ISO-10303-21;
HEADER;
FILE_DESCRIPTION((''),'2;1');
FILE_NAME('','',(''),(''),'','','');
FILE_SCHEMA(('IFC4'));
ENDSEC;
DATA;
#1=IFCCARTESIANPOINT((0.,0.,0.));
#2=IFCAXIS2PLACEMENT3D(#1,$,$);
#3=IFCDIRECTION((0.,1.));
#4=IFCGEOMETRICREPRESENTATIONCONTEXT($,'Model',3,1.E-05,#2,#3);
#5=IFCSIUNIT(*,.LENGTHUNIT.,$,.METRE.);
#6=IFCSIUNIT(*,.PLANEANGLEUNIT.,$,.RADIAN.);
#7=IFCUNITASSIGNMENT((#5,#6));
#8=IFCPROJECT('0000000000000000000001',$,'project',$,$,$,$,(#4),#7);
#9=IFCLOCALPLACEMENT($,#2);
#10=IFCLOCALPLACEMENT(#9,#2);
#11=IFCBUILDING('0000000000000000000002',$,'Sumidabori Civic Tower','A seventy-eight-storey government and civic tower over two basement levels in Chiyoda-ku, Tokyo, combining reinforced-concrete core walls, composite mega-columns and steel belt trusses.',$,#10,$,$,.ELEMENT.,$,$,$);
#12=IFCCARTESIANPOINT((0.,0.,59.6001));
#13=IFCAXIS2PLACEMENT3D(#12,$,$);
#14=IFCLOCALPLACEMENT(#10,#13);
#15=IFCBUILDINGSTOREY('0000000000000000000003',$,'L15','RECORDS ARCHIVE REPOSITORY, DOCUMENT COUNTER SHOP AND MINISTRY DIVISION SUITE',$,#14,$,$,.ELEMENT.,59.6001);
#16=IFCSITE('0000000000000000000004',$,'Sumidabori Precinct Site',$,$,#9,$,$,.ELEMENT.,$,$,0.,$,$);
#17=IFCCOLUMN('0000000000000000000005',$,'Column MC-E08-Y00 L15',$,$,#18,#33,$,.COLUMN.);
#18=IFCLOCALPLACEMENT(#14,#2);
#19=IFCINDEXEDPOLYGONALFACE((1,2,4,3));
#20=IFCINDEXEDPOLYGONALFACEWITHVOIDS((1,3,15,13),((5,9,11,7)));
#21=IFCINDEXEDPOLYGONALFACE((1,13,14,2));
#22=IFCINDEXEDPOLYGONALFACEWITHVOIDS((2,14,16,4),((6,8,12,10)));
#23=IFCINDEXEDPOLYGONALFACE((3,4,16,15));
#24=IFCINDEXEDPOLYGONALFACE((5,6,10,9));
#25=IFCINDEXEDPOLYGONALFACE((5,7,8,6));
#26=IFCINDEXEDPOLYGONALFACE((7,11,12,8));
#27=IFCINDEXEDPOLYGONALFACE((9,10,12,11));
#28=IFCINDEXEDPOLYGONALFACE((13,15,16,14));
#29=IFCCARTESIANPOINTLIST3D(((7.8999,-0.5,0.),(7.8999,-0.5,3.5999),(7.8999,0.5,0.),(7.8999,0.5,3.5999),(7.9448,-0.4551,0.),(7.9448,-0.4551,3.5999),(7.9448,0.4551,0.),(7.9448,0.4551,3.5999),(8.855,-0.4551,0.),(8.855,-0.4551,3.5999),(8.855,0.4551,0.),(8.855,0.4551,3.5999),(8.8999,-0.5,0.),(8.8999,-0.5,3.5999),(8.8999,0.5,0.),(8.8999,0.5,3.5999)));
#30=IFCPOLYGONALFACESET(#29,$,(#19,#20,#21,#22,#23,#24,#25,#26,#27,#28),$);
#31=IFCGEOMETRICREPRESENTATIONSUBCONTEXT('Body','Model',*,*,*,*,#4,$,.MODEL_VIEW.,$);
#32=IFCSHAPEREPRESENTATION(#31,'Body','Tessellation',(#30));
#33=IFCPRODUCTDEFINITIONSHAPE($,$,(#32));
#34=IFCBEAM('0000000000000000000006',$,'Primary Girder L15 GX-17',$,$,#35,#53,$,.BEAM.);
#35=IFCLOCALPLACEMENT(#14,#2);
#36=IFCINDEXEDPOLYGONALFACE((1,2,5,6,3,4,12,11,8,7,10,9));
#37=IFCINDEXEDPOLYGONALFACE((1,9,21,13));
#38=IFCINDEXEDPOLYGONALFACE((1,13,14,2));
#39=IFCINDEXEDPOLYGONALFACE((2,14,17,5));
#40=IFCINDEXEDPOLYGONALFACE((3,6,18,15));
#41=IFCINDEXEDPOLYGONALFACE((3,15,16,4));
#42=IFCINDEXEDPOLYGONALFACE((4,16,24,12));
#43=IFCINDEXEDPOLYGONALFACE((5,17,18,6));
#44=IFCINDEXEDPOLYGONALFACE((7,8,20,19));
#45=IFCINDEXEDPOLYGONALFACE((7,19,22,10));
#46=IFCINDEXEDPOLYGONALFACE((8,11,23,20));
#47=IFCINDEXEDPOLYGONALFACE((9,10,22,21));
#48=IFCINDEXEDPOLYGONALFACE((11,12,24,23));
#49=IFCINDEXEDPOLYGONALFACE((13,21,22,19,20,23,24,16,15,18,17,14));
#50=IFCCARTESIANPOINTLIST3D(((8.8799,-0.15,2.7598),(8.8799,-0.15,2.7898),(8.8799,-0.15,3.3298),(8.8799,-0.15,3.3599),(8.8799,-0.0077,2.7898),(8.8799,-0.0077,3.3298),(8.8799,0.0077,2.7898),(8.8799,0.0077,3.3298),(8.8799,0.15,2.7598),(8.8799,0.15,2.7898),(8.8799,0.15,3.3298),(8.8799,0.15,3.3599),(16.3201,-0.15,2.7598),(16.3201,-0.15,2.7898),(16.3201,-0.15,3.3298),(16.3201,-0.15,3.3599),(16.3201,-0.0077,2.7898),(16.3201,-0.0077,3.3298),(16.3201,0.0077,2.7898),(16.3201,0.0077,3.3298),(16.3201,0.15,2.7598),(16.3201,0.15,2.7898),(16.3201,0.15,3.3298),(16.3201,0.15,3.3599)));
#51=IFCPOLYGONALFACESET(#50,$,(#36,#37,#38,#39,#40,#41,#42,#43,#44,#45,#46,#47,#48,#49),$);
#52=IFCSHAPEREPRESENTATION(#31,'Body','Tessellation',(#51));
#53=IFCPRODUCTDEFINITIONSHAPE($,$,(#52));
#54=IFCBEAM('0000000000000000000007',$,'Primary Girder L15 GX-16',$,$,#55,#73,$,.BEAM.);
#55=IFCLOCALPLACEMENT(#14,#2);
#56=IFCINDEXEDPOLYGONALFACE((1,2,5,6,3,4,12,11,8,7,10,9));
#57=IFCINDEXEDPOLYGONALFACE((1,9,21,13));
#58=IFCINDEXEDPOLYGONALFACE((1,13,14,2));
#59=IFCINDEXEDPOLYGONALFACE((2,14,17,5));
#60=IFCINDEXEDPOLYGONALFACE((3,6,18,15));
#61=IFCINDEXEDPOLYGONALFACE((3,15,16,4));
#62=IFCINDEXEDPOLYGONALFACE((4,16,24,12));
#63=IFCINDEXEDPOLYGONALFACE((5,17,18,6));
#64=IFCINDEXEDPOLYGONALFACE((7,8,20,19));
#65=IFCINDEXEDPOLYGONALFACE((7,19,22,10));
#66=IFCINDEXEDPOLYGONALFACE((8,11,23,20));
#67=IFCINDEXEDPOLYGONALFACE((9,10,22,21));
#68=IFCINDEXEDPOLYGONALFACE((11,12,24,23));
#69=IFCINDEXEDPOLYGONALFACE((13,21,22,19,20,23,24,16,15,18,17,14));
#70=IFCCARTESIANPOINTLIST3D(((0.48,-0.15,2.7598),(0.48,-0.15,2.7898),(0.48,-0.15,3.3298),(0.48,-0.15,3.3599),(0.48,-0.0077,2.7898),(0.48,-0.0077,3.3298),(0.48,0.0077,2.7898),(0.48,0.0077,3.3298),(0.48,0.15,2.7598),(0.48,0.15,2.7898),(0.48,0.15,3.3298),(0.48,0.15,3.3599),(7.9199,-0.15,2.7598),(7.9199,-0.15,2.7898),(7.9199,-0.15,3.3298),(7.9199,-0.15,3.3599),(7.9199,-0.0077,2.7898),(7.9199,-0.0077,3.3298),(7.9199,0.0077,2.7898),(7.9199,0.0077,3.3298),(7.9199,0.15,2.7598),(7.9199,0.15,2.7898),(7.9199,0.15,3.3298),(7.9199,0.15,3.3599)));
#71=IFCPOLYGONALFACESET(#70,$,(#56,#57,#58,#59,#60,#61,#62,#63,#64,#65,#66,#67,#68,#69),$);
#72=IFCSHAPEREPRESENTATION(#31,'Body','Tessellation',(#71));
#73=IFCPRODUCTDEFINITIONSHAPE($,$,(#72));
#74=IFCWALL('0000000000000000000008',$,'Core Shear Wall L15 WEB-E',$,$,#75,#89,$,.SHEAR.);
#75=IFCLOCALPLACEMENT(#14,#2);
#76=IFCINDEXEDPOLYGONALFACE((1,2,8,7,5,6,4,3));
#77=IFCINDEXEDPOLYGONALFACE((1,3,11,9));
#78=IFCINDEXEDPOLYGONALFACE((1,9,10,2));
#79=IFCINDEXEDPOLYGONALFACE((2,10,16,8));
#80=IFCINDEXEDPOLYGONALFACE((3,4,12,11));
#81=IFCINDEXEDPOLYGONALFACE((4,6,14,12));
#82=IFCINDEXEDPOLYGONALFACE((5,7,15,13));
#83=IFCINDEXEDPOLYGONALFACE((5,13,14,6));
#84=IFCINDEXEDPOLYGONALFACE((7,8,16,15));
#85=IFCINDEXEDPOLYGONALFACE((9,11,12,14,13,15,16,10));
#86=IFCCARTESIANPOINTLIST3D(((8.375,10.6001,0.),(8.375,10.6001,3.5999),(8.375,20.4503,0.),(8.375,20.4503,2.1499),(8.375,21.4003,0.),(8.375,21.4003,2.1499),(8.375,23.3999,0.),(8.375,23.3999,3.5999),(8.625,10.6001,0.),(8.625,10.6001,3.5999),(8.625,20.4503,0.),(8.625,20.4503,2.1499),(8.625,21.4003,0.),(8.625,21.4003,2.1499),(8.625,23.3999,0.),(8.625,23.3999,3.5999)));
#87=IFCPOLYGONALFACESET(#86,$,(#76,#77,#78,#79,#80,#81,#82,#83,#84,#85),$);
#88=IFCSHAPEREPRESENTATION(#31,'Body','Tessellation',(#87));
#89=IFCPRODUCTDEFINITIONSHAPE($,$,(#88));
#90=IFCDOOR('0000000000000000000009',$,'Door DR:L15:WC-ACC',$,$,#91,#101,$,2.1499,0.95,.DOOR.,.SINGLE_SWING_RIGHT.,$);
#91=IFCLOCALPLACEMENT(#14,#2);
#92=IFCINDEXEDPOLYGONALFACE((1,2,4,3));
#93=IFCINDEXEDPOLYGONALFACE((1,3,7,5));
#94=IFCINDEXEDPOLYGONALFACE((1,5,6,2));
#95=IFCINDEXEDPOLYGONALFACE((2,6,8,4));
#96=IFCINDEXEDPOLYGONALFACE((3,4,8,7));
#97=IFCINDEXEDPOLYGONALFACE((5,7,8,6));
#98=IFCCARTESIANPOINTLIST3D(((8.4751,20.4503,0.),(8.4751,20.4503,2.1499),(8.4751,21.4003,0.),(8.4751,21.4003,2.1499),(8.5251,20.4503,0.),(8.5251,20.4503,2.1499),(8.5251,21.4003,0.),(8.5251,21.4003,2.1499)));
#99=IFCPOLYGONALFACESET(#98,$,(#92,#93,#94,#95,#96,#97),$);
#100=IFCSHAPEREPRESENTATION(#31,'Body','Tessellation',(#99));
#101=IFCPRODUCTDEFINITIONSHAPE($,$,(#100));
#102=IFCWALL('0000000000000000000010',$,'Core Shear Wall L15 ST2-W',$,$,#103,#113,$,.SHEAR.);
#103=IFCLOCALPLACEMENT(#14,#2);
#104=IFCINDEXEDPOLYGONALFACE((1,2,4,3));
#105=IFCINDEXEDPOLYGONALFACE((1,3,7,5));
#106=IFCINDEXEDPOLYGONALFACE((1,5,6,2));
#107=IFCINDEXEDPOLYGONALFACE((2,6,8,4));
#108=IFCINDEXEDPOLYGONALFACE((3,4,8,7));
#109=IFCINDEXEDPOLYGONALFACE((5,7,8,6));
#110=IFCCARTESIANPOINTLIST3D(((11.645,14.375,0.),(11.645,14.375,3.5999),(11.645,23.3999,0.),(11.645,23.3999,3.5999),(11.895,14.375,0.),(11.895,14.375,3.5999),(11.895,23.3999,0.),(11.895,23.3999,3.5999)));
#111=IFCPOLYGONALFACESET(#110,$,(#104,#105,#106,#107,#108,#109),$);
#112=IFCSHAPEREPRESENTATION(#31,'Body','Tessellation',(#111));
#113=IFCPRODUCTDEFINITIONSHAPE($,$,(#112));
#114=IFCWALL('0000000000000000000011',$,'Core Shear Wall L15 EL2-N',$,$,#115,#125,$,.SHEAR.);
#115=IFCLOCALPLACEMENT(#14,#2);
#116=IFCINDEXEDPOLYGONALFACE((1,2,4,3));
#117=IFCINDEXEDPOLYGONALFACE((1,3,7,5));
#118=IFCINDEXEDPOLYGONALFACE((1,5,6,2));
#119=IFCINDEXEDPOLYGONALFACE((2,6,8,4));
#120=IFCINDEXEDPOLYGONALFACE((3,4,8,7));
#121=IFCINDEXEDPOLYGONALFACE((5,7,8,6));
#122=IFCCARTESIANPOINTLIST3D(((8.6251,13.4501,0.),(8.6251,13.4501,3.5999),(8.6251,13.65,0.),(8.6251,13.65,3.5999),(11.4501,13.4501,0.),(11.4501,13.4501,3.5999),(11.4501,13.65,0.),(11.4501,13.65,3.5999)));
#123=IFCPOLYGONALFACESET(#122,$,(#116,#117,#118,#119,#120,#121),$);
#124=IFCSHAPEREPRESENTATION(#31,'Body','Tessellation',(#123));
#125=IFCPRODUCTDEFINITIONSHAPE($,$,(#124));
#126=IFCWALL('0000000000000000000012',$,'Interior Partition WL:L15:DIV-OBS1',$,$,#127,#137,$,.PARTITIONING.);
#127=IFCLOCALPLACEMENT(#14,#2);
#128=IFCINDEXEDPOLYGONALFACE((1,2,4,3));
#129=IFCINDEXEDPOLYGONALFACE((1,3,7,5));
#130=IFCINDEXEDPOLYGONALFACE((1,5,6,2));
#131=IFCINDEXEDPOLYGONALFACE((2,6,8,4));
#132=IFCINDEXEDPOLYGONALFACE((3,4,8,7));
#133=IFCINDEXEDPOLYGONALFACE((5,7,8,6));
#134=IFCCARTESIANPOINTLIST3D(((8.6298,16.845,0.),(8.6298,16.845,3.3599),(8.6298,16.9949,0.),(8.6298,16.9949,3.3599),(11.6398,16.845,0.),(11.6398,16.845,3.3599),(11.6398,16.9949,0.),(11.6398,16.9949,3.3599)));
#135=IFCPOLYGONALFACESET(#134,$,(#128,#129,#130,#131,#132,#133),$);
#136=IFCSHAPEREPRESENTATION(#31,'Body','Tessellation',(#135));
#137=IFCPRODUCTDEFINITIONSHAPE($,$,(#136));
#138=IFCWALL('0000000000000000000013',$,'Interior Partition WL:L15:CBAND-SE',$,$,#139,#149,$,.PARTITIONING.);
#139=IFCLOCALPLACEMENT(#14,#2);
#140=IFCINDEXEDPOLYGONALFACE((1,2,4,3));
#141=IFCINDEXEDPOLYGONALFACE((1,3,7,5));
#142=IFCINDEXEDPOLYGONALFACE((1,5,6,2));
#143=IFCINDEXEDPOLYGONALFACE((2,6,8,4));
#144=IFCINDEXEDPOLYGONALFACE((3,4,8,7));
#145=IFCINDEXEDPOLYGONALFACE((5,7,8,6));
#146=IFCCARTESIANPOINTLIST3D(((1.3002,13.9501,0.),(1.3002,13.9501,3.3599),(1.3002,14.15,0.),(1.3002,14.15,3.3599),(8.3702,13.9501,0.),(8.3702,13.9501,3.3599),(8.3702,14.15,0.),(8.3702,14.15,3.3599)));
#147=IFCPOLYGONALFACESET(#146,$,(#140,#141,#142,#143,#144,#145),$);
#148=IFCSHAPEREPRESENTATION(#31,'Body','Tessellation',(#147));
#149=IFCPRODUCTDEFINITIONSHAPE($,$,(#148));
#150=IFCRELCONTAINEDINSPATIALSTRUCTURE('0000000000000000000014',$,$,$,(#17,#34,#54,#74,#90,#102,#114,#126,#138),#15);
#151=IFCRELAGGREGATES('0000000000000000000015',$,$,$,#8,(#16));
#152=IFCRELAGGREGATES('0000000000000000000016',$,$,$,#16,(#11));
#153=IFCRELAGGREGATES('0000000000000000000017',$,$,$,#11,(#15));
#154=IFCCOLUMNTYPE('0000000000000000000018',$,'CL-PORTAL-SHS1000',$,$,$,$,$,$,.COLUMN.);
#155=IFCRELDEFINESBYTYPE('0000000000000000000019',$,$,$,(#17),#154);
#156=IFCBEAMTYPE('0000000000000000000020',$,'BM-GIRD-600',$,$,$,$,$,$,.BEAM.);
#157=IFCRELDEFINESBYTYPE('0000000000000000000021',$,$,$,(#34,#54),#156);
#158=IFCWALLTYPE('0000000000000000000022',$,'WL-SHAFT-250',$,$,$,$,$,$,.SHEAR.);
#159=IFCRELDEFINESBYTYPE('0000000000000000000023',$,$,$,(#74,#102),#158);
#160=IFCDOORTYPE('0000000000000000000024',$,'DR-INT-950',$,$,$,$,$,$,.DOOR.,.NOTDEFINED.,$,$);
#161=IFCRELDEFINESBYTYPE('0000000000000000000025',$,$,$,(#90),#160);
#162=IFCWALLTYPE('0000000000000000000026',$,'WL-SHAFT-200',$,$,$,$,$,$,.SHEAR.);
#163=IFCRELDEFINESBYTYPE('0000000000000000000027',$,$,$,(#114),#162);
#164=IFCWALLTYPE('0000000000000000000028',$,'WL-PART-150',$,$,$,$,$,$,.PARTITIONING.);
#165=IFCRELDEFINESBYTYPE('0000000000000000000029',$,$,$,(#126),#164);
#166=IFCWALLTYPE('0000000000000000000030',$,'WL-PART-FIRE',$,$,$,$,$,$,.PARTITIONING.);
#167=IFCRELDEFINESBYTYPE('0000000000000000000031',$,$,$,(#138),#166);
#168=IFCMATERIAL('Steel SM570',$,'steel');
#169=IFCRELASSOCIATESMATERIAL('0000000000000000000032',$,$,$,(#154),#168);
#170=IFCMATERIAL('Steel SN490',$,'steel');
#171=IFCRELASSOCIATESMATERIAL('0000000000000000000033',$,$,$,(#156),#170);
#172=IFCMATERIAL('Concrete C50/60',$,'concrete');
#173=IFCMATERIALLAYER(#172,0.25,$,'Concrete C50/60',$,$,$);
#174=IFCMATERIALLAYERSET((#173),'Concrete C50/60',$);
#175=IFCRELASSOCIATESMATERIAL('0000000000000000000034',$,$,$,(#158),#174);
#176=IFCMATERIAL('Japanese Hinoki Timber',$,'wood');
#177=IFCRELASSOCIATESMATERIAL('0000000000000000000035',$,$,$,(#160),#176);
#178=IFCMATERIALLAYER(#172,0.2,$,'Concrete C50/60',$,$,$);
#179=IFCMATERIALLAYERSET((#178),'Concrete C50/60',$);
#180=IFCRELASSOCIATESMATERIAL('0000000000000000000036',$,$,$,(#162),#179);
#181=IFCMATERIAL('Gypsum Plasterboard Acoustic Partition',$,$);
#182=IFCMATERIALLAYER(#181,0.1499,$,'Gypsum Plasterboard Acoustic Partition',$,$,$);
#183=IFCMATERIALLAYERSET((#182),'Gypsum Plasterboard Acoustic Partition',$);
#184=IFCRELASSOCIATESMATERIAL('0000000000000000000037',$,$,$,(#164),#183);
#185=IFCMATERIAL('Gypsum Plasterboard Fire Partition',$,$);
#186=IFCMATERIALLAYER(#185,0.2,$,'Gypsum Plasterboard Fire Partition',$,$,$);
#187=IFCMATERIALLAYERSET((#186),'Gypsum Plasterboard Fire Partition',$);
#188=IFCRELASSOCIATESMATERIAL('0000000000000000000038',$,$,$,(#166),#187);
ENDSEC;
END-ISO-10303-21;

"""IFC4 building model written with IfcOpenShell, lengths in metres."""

from ifc_helpers import new_model, si_unit, direction, frame, frame_2d, origin, origin_2d, place, context, subcontext, project, spatial, rectangle, hollow_rectangle, i_section, extrude, source, transform, mapped, material, layer, layer_set, material_profile, profile_set, type_object, element, fill, save


model = new_model("IFC4")

# Units and contexts
model_context = context("Model", 3, precision=1e-05, world=origin(), true_north=direction((0.0, 1.0)))
body_context = subcontext(model_context, "Body", "Model", "MODEL_VIEW")
ifc_project = project(units=[si_unit("LENGTHUNIT", "METRE"), si_unit("PLANEANGLEUNIT", "RADIAN")], contexts=[model_context])

# Site, building, storey
site_placement = place(None, origin())
site = spatial("IfcSite", under=ifc_project, at=site_placement, Name="Sumidabori Precinct Site", CompositionType="ELEMENT", RefElevation=0.0)
building_placement = place(site_placement, origin())
building = spatial("IfcBuilding", under=site, at=building_placement, Name="Sumidabori Civic Tower", Description="A seventy-eight-storey government and civic tower over two basement levels in Chiyoda-ku, Tokyo, combining reinforced-concrete core walls, composite mega-columns and steel belt trusses.", CompositionType="ELEMENT")
storey_placement = place(building_placement, frame((0.0, 0.0, 59.6001)))
storey = spatial("IfcBuildingStorey", under=building, at=storey_placement, Name="L15", Description="RECORDS ARCHIVE REPOSITORY, DOCUMENT COUNTER SHOP AND MINISTRY DIVISION SUITE", CompositionType="ELEMENT", Elevation=59.6001)

# Column
ifc_material_1 = material(Name="Steel SM570", Category="steel")
ifc_material_profile_1 = material_profile(ifc_material_1, hollow_rectangle(XDim=1.0, YDim=1.0, WallThickness=0.0449, at=origin_2d()), Name="SHS 1000x1000x45")
ifc_profile_set_1 = profile_set([ifc_material_profile_1], Name="Steel SM570")
column_type = type_object("IfcColumnType", Name="CL-PORTAL-SHS1000", PredefinedType="COLUMN", material=ifc_profile_set_1)
shared_shape_1 = source(origin(), body_context, "Body", "SweptSolid", [
    extrude(hollow_rectangle(XDim=1.0, YDim=1.0, WallThickness=0.0449, at=origin_2d()), origin(), (0.0, 0.0, 1.0), 3.5999),
])
column_placement = place(storey_placement, frame((8.3999, 0.0, 0.0), z_axis=(0.0, 0.0, 1.0), x_axis=(1.0, 0.0, 0.0)))
element("IfcColumn", 1, at=column_placement, inside=storey, type_object=column_type, Name="Column MC-E08-Y00 L15", PredefinedType="COLUMN", context=body_context, shape_type="MappedRepresentation", body=[
    mapped(shared_shape_1, transform((0.0, 0.0, 0.0), x_axis=(1.0, 0.0, 0.0), y_axis=(0.0, 1.0, 0.0), z_axis=(0.0, 0.0, 1.0), scale=1.0)),
])

# Beams
ifc_material_2 = material(Name="Steel SN490", Category="steel")
ifc_material_profile_2 = material_profile(ifc_material_2, i_section(OverallWidth=0.3, OverallDepth=0.6001, WebThickness=0.0154, FlangeThickness=0.03, at=origin_2d()), Name="HE 600 B")
ifc_profile_set_2 = profile_set([ifc_material_profile_2], Name="Steel SN490")
beam_type = type_object("IfcBeamType", Name="BM-GIRD-600", PredefinedType="BEAM", material=ifc_profile_set_2)
shared_shape_2 = source(origin(), body_context, "Body", "SweptSolid", [
    extrude(i_section(OverallWidth=0.3, OverallDepth=0.6001, WebThickness=0.0154, FlangeThickness=0.03, at=origin_2d()), origin(), (0.0, 0.0, 1.0), 7.4402),
])
beam_1_placement = place(storey_placement, frame((8.8799, 0.0, 3.0598), z_axis=(1.0, 0.0, 0.0), x_axis=(0.0, 1.0, 0.0)))
element("IfcBeam", 2, at=beam_1_placement, inside=storey, type_object=beam_type, Name="Primary Girder L15 GX-17", PredefinedType="BEAM", context=body_context, shape_type="MappedRepresentation", body=[
    mapped(shared_shape_2, transform((0.0, 0.0, 0.0), x_axis=(1.0, 0.0, 0.0), y_axis=(0.0, 1.0, 0.0), z_axis=(0.0, 0.0, 1.0), scale=1.0)),
])
shared_shape_3 = source(origin(), body_context, "Body", "SweptSolid", [
    extrude(i_section(OverallWidth=0.3, OverallDepth=0.6001, WebThickness=0.0154, FlangeThickness=0.03, at=origin_2d()), origin(), (0.0, 0.0, 1.0), 7.4399),
])
beam_2_placement = place(storey_placement, frame((0.48, 0.0, 3.0598), z_axis=(1.0, 0.0, 0.0), x_axis=(0.0, 1.0, 0.0)))
element("IfcBeam", 3, at=beam_2_placement, inside=storey, type_object=beam_type, Name="Primary Girder L15 GX-16", PredefinedType="BEAM", context=body_context, shape_type="MappedRepresentation", body=[
    mapped(shared_shape_3, transform((0.0, 0.0, 0.0), x_axis=(1.0, 0.0, 0.0), y_axis=(0.0, 1.0, 0.0), z_axis=(0.0, 0.0, 1.0), scale=1.0)),
])

# Wall, opening, door
ifc_material_3 = material(Name="Concrete C50/60", Category="concrete")
ifc_layer_1 = layer(ifc_material_3, 0.25, Name="Concrete C50/60")
ifc_layer_set_1 = layer_set([ifc_layer_1], Name="Concrete C50/60")
wall_type_1 = type_object("IfcWallType", Name="WL-SHAFT-250", PredefinedType="SHEAR", material=ifc_layer_set_1)
shared_shape_4 = source(origin(), body_context, "Body", "SweptSolid", [
    extrude(rectangle(XDim=12.7998, YDim=0.25, at=frame_2d((6.3999, 0.0))), origin(), (0.0, 0.0, 1.0), 3.5999),
])
wall_1_placement = place(storey_placement, frame((8.5, 10.6001, 0.0), z_axis=(0.0, 0.0, 1.0), x_axis=(0.0, 1.0, 0.0)))
wall_1 = element("IfcWall", 4, at=wall_1_placement, inside=storey, type_object=wall_type_1, Name="Core Shear Wall L15 WEB-E", PredefinedType="SHEAR", context=body_context, shape_type="MappedRepresentation", body=[
    mapped(shared_shape_4, transform((0.0, 0.0, 0.0), x_axis=(1.0, 0.0, 0.0), y_axis=(0.0, 1.0, 0.0), z_axis=(0.0, 0.0, 1.0), scale=1.0)),
])
opening_1_placement = place(wall_1_placement, frame((9.8501, 0.0, 0.0)))
opening_1 = element("IfcOpeningElement", 5, at=opening_1_placement, cuts=wall_1, PredefinedType="OPENING", context=body_context, shape_type="SweptSolid", body=[
    extrude(rectangle(XDim=0.95, YDim=2.1499, at=frame_2d((0.4751, 1.075))), frame((0.0, 0.137, 0.0), z_axis=(0.0, -1.0, 0.0), x_axis=(1.0, 0.0, 0.0)), (0.0, 0.0, 1.0), 0.2739),
])
ifc_material_4 = material(Name="Japanese Hinoki Timber", Category="wood")
door_type_1 = type_object("IfcDoorType", Name="DR-INT-950", OperationType="NOTDEFINED", PredefinedType="DOOR", material=ifc_material_4)
shared_shape_5 = source(origin(), body_context, "Body", "SweptSolid", [
    extrude(rectangle(XDim=0.95, YDim=2.1499, at=frame_2d((0.4751, 1.075))), frame((0.0, 0.0249, 0.0), z_axis=(0.0, -1.0, 0.0), x_axis=(1.0, 0.0, 0.0)), (0.0, 0.0, 1.0), 0.05),
])
door_1_placement = place(opening_1_placement, origin())
door_1 = element("IfcDoor", 6, at=door_1_placement, inside=storey, type_object=door_type_1, Name="Door DR:L15:WC-ACC", OperationType="SINGLE_SWING_RIGHT", OverallHeight=2.1499, OverallWidth=0.95, PredefinedType="DOOR", context=body_context, shape_type="MappedRepresentation", body=[
    mapped(shared_shape_5, transform((0.0, 0.0, 0.0), x_axis=(1.0, 0.0, 0.0), y_axis=(0.0, 1.0, 0.0), z_axis=(0.0, 0.0, 1.0), scale=1.0)),
])
fill(opening_1, door_1)

# Wall
shared_shape_6 = source(origin(), body_context, "Body", "SweptSolid", [
    extrude(rectangle(XDim=9.0249, YDim=0.25, at=frame_2d((4.5125, 0.0))), origin(), (0.0, 0.0, 1.0), 3.5999),
])
wall_2_placement = place(storey_placement, frame((11.77, 14.375, 0.0), z_axis=(0.0, 0.0, 1.0), x_axis=(0.0, 1.0, 0.0)))
element("IfcWall", 7, at=wall_2_placement, inside=storey, type_object=wall_type_1, Name="Core Shear Wall L15 ST2-W", PredefinedType="SHEAR", context=body_context, shape_type="MappedRepresentation", body=[
    mapped(shared_shape_6, transform((0.0, 0.0, 0.0), x_axis=(1.0, 0.0, 0.0), y_axis=(0.0, 1.0, 0.0), z_axis=(0.0, 0.0, 1.0), scale=1.0)),
])

# Shared definitions
ifc_layer_2 = layer(ifc_material_3, 0.2, Name="Concrete C50/60")
ifc_layer_set_2 = layer_set([ifc_layer_2], Name="Concrete C50/60")
wall_type_2 = type_object("IfcWallType", Name="WL-SHAFT-200", PredefinedType="SHEAR", material=ifc_layer_set_2)

# Walls
shared_shape_7 = source(origin(), body_context, "Body", "SweptSolid", [
    extrude(rectangle(XDim=2.825, YDim=0.2, at=frame_2d((1.4126, 0.0))), origin(), (0.0, 0.0, 1.0), 3.5999),
])
wall_3_placement = place(storey_placement, frame((8.625, 13.55, 0.0), z_axis=(0.0, 0.0, 1.0), x_axis=(1.0, 0.0, 0.0)))
element("IfcWall", 8, at=wall_3_placement, inside=storey, type_object=wall_type_2, Name="Core Shear Wall L15 EL2-N", PredefinedType="SHEAR", context=body_context, shape_type="MappedRepresentation", body=[
    mapped(shared_shape_7, transform((0.0, 0.0, 0.0), x_axis=(1.0, 0.0, 0.0), y_axis=(0.0, 1.0, 0.0), z_axis=(0.0, 0.0, 1.0), scale=1.0)),
])
ifc_material_5 = material(Name="Gypsum Plasterboard Acoustic Partition")
ifc_layer_3 = layer(ifc_material_5, 0.1499, Name="Gypsum Plasterboard Acoustic Partition")
ifc_layer_set_3 = layer_set([ifc_layer_3], Name="Gypsum Plasterboard Acoustic Partition")
wall_type_3 = type_object("IfcWallType", Name="WL-PART-150", PredefinedType="PARTITIONING", material=ifc_layer_set_3)
shared_shape_8 = source(origin(), body_context, "Body", "SweptSolid", [
    extrude(rectangle(XDim=3.01, YDim=0.1499, at=frame_2d((1.5049, 0.0))), origin(), (0.0, 0.0, 1.0), 3.3599),
])
wall_4_placement = place(storey_placement, frame((8.6299, 16.9199, 0.0), z_axis=(0.0, 0.0, 1.0), x_axis=(1.0, 0.0, 0.0)))
element("IfcWall", 9, at=wall_4_placement, inside=storey, type_object=wall_type_3, Name="Interior Partition WL:L15:DIV-OBS1", PredefinedType="PARTITIONING", context=body_context, shape_type="MappedRepresentation", body=[
    mapped(shared_shape_8, transform((0.0, 0.0, 0.0), x_axis=(1.0, 0.0, 0.0), y_axis=(0.0, 1.0, 0.0), z_axis=(0.0, 0.0, 1.0), scale=1.0)),
])
ifc_material_6 = material(Name="Gypsum Plasterboard Fire Partition")
ifc_layer_4 = layer(ifc_material_6, 0.2, Name="Gypsum Plasterboard Fire Partition")
ifc_layer_set_4 = layer_set([ifc_layer_4], Name="Gypsum Plasterboard Fire Partition")
wall_type_4 = type_object("IfcWallType", Name="WL-PART-FIRE", PredefinedType="PARTITIONING", material=ifc_layer_set_4)
shared_shape_9 = source(origin(), body_context, "Body", "SweptSolid", [
    extrude(rectangle(XDim=7.0701, YDim=0.2, at=frame_2d((3.5352, 0.0))), origin(), (0.0, 0.0, 1.0), 3.3599),
])
wall_5_placement = place(storey_placement, frame((1.3, 14.05, 0.0), z_axis=(0.0, 0.0, 1.0), x_axis=(1.0, 0.0, 0.0)))
element("IfcWall", 10, at=wall_5_placement, inside=storey, type_object=wall_type_4, Name="Interior Partition WL:L15:CBAND-SE", PredefinedType="PARTITIONING", context=body_context, shape_type="MappedRepresentation", body=[
    mapped(shared_shape_9, transform((0.0, 0.0, 0.0), x_axis=(1.0, 0.0, 0.0), y_axis=(0.0, 1.0, 0.0), z_axis=(0.0, 0.0, 1.0), scale=1.0)),
])

save(model, "model.ifc")
